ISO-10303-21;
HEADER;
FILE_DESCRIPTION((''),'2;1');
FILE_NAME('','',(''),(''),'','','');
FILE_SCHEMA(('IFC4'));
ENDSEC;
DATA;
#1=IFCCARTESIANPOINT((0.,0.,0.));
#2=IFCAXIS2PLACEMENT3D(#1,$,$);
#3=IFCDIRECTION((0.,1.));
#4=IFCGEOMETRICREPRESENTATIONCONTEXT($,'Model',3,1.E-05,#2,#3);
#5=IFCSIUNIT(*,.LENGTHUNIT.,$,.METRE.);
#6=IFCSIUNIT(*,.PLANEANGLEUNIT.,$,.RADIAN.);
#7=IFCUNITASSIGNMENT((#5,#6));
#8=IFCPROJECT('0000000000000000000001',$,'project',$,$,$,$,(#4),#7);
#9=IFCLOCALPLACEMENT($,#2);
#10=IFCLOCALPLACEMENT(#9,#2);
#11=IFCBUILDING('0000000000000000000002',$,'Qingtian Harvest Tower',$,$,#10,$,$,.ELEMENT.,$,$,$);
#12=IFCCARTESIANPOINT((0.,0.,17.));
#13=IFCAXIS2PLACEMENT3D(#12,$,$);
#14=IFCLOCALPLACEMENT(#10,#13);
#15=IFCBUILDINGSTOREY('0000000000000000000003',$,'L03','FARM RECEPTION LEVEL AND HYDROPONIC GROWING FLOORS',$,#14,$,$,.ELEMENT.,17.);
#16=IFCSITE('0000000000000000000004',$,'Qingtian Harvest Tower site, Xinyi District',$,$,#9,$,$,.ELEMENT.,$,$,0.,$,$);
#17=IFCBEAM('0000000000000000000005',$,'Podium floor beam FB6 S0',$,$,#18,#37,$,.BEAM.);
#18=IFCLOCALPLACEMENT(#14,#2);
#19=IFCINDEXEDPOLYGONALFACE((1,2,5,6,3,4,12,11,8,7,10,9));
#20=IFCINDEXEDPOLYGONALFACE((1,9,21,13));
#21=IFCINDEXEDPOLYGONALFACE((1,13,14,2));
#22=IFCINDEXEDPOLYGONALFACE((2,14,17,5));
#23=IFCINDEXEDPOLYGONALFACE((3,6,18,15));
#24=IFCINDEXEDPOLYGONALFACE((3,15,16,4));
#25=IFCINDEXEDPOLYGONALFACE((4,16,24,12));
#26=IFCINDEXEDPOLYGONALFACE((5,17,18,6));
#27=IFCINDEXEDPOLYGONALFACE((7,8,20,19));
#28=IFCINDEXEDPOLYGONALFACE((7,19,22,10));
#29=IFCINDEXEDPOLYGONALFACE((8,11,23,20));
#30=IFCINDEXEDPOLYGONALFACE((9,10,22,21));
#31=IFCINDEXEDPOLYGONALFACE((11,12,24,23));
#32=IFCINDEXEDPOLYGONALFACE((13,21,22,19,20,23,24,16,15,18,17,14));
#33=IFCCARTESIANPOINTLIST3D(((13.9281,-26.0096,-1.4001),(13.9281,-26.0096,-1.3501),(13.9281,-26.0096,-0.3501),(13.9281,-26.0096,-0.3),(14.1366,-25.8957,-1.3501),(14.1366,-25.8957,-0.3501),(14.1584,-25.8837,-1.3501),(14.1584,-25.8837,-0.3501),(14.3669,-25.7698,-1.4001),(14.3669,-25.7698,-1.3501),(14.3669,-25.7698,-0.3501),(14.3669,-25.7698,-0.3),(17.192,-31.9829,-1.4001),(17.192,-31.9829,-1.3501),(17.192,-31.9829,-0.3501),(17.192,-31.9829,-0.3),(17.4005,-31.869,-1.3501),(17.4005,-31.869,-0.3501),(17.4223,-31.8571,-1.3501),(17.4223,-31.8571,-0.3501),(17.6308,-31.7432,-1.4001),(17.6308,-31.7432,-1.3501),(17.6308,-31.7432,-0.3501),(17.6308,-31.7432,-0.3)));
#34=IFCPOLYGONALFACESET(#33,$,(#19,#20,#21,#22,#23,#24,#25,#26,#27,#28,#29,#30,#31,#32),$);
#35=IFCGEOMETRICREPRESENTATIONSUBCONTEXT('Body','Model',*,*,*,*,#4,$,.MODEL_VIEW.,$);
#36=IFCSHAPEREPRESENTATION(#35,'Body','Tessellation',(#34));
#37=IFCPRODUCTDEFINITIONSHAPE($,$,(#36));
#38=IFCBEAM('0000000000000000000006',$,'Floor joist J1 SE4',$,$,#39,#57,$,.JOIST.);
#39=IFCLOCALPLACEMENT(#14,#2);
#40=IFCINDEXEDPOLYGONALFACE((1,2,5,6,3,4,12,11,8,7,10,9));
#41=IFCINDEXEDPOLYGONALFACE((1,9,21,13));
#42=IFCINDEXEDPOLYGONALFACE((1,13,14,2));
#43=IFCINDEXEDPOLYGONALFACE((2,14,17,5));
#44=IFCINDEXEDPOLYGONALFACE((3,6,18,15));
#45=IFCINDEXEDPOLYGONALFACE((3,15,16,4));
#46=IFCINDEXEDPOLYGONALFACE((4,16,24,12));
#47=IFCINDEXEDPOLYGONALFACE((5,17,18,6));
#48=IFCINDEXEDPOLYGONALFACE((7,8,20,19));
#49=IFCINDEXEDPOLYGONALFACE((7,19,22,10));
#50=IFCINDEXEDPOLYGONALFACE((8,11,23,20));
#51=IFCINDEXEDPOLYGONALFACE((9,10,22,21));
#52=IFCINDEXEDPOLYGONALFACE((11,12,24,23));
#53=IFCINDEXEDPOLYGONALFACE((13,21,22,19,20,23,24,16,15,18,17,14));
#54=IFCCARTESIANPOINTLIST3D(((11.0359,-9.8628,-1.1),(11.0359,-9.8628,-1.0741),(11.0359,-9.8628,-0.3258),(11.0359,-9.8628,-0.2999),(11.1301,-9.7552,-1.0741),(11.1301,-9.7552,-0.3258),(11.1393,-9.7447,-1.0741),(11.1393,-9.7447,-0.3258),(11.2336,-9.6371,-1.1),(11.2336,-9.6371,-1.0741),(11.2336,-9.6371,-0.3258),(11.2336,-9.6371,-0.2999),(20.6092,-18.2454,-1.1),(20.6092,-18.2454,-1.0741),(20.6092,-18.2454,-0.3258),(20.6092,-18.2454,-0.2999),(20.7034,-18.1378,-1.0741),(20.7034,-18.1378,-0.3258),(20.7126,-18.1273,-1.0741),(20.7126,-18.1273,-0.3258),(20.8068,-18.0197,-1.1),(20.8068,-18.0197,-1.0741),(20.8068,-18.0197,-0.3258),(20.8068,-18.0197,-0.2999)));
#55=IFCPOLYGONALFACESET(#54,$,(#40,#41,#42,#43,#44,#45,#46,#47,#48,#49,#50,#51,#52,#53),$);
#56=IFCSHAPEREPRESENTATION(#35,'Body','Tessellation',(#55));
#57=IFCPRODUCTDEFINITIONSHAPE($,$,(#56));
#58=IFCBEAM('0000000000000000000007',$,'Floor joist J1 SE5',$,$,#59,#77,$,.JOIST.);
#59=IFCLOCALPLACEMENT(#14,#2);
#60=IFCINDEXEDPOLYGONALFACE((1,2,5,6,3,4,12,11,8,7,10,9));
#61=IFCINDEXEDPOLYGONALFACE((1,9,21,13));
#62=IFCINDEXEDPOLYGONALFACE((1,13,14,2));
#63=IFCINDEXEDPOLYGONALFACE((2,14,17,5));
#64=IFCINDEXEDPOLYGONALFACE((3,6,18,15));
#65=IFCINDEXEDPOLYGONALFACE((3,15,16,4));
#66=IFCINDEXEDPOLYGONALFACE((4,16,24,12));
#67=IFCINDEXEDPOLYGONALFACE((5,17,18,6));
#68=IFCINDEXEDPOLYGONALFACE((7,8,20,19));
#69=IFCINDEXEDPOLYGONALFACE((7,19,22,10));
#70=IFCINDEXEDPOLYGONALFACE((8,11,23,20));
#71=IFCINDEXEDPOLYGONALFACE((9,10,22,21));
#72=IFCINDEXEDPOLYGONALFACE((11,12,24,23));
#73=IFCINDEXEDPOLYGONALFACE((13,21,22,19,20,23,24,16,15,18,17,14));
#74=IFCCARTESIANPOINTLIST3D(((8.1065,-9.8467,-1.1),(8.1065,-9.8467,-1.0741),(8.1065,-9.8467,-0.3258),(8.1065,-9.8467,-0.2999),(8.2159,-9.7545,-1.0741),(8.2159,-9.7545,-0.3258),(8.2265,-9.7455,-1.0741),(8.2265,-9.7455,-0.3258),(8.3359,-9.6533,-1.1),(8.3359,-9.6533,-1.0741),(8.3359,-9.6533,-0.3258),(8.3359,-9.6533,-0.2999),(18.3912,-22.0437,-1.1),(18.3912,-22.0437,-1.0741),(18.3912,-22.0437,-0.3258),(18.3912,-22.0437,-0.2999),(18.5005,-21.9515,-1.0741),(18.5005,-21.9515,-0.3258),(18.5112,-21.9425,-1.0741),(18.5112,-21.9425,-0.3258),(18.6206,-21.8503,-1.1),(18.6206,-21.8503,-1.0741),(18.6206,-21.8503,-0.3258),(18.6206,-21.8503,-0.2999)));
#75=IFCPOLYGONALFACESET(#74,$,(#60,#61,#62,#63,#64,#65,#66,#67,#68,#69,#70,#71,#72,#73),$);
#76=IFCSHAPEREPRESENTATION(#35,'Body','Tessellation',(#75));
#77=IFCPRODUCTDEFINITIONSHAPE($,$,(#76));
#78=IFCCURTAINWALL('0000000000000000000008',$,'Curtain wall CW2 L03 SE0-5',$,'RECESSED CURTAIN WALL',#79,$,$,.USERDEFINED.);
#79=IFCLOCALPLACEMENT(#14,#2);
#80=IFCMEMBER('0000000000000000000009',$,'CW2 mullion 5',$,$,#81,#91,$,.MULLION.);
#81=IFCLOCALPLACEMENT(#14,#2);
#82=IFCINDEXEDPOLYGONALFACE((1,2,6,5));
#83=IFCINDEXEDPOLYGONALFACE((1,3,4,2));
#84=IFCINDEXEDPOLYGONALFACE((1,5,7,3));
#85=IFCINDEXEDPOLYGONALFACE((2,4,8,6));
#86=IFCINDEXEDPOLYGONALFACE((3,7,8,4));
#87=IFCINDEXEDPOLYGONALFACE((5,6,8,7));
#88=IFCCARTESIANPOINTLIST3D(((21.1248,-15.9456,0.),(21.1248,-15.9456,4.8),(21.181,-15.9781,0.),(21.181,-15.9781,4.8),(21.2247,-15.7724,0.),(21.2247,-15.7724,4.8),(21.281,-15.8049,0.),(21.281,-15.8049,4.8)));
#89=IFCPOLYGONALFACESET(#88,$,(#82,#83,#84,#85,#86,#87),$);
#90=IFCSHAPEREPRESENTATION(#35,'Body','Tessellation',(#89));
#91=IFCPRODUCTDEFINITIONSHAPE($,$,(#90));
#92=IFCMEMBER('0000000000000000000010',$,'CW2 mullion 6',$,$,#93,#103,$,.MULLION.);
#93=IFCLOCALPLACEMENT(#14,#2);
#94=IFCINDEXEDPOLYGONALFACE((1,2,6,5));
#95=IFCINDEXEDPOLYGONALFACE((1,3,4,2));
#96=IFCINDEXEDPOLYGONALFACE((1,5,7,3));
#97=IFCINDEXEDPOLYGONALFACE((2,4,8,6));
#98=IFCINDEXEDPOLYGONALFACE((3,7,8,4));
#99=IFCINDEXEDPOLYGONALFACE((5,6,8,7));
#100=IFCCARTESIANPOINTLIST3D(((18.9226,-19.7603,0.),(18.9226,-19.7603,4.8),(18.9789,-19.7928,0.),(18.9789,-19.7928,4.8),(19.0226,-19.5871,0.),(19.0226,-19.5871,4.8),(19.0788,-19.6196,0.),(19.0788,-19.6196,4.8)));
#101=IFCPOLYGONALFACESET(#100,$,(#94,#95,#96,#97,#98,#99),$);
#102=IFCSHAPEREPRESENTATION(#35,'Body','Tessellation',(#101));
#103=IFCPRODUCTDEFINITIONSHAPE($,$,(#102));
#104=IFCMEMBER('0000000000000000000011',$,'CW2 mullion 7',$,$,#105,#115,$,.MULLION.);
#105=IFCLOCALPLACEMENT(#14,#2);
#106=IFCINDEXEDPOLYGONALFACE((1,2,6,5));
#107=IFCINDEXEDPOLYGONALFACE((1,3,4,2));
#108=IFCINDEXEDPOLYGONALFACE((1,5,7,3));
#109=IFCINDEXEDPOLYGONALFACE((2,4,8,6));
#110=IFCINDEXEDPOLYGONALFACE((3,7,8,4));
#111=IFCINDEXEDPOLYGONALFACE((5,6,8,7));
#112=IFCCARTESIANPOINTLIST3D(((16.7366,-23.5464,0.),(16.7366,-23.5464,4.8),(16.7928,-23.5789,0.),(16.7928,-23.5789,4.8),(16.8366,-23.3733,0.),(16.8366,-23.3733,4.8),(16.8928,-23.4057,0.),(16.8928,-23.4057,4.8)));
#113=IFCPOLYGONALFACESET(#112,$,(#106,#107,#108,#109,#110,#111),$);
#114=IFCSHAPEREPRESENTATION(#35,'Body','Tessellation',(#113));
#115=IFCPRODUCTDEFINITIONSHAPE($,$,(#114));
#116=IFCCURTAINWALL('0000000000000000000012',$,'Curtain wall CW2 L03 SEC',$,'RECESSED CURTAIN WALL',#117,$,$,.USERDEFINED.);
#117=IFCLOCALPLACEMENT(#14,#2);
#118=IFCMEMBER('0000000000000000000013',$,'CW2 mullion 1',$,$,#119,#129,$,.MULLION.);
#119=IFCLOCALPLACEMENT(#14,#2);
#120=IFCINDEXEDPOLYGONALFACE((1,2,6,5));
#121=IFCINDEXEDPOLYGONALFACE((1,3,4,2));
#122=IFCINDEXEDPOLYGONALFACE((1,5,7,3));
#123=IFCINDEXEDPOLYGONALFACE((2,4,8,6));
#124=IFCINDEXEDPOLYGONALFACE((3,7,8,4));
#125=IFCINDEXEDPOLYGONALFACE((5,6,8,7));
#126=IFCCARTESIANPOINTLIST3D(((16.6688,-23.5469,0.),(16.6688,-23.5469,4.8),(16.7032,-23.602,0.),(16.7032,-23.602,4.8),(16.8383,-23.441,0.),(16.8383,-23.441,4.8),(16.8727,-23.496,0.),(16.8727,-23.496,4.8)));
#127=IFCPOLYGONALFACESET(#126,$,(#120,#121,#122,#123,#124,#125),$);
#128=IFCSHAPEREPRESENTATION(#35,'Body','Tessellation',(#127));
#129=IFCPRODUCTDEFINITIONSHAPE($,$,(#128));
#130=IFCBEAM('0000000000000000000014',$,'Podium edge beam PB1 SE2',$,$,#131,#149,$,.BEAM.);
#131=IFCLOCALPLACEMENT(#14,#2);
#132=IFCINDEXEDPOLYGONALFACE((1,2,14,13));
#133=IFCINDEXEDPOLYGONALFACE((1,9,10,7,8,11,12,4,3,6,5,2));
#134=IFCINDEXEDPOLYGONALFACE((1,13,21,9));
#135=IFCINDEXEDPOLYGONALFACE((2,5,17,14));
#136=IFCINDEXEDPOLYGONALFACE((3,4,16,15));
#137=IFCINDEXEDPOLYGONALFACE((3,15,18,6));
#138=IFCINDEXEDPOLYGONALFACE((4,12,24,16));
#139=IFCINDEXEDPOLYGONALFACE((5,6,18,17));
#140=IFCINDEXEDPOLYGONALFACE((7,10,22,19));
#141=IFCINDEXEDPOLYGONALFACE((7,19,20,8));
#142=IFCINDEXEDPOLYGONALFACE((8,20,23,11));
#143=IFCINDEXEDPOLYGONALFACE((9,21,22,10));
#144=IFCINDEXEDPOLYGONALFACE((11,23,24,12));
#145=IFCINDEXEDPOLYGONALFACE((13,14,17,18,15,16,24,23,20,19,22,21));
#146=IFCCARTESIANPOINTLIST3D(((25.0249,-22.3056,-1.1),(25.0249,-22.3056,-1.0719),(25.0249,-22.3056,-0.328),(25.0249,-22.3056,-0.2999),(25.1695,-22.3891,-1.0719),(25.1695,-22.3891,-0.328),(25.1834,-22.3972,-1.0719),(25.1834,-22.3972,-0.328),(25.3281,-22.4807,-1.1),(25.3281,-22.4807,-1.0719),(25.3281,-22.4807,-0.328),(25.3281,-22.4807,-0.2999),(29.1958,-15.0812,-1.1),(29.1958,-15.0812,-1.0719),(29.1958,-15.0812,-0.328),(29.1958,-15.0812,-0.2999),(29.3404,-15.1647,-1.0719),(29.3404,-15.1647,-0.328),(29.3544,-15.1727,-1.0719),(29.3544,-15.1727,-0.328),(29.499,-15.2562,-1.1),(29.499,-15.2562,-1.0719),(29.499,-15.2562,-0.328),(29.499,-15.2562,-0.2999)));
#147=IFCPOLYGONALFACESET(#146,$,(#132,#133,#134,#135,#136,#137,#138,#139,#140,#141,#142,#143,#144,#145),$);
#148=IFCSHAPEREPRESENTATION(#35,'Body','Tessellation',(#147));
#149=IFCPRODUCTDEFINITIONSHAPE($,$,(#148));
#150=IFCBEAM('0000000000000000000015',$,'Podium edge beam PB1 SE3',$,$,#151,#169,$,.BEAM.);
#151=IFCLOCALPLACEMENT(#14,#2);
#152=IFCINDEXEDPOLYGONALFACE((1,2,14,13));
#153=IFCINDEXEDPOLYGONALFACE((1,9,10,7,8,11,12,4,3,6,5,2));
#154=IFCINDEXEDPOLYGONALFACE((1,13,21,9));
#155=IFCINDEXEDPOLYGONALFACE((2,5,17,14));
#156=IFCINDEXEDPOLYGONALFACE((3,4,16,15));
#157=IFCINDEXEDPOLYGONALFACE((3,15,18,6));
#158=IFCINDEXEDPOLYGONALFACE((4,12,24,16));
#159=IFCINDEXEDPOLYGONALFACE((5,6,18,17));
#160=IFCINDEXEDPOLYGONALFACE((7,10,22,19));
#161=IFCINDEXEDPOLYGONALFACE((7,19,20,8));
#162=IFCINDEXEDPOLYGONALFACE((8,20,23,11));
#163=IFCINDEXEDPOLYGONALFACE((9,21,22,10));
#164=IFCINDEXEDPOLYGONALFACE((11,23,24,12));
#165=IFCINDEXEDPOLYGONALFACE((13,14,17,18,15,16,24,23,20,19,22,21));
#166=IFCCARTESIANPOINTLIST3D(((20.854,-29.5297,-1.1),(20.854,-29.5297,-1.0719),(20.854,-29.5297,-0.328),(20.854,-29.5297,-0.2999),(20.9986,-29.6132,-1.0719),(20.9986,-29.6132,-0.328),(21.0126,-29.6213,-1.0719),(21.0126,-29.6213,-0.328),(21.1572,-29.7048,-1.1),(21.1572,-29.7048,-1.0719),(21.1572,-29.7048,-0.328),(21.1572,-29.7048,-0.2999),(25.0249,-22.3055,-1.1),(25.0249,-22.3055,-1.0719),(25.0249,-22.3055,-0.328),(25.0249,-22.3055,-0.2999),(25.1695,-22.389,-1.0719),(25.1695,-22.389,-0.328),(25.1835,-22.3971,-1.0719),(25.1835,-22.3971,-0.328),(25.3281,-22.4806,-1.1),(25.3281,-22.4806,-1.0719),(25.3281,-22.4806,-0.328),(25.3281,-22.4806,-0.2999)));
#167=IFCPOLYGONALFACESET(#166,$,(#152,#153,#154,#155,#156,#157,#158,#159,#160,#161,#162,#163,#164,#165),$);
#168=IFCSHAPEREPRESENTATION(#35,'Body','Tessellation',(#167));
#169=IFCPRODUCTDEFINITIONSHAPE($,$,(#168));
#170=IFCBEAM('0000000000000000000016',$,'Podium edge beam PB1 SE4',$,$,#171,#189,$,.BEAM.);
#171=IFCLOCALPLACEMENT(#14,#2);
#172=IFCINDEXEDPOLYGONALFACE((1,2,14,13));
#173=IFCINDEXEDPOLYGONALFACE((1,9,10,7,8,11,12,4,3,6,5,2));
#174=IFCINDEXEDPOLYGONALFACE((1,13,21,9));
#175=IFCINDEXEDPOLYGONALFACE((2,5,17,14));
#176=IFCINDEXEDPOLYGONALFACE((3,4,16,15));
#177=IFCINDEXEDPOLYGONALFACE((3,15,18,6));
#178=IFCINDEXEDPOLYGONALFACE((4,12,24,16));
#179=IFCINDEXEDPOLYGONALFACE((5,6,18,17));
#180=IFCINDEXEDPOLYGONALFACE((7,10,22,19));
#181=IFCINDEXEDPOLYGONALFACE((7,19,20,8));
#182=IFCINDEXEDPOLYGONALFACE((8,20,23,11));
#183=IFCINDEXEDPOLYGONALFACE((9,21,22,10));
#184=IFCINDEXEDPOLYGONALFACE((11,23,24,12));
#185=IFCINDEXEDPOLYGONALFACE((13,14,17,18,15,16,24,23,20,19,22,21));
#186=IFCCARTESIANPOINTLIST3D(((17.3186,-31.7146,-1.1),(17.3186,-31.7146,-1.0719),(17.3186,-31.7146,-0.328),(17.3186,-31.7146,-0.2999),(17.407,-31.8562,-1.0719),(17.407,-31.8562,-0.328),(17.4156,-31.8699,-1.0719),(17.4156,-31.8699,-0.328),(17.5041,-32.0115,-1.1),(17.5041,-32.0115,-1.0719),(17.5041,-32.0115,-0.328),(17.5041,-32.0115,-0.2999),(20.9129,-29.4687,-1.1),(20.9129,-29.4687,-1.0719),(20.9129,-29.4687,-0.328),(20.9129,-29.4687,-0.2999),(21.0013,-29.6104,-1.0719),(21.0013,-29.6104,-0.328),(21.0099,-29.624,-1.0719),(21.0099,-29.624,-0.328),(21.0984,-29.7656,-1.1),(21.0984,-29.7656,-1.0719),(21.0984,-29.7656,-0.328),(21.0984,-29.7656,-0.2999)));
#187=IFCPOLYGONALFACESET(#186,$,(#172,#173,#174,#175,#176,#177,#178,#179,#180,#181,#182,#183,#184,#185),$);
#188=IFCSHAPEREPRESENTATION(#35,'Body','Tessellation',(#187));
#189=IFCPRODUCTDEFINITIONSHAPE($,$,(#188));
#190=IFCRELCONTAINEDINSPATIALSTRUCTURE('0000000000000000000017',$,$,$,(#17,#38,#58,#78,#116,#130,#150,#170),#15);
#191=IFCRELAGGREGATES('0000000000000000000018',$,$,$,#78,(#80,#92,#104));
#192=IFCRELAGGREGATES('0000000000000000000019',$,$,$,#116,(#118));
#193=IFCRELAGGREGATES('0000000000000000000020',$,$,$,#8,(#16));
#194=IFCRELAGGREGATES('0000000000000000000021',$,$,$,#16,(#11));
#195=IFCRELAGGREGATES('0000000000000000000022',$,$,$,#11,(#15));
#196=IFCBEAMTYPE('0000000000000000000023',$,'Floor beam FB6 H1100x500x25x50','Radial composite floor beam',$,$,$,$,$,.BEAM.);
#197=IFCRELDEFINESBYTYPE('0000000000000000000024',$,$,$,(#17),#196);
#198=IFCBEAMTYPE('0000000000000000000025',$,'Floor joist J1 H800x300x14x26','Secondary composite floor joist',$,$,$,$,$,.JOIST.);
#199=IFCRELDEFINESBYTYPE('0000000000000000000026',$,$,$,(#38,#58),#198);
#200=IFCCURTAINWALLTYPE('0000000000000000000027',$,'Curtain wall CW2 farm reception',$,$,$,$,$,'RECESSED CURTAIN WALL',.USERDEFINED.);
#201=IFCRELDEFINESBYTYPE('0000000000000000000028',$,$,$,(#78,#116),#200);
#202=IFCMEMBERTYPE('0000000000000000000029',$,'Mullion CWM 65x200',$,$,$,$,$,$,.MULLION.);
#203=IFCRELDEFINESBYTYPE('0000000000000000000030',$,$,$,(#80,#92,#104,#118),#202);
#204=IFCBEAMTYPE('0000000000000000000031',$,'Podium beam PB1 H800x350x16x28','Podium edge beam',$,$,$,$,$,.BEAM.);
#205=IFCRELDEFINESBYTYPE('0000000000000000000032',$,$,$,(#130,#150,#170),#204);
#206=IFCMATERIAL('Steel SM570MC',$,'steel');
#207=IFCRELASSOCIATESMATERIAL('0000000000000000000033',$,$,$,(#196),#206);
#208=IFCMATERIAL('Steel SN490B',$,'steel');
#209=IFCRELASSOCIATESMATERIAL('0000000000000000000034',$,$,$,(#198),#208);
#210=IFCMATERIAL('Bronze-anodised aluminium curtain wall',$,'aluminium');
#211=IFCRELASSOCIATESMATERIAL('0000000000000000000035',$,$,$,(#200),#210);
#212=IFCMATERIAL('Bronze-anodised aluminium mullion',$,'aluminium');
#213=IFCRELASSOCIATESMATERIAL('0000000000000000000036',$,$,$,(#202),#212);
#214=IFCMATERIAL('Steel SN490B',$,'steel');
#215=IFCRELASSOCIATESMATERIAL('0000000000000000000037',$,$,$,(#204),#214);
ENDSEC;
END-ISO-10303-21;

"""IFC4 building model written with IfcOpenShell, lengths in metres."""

from ifc_helpers import new_model, si_unit, direction, frame, origin, origin_2d, place, context, subcontext, project, spatial, rectangle, i_section, extrude, material, material_profile, profile_set, type_object, element, aggregate, save


model = new_model("IFC4")

# Units and contexts
model_context = context("Model", 3, precision=1e-05, world=origin(), true_north=direction((0.0, 1.0)))
body_context = subcontext(model_context, "Body", "Model", "MODEL_VIEW")
ifc_project = project(units=[si_unit("LENGTHUNIT", "METRE"), si_unit("PLANEANGLEUNIT", "RADIAN")], contexts=[model_context])

# Site, building, storey
site_placement = place(None, origin())
site = spatial("IfcSite", under=ifc_project, at=site_placement, Name="Qingtian Harvest Tower site, Xinyi District", CompositionType="ELEMENT", RefElevation=0.0)
building_placement = place(site_placement, origin())
building = spatial("IfcBuilding", under=site, at=building_placement, Name="Qingtian Harvest Tower", CompositionType="ELEMENT")
storey_placement = place(building_placement, frame((0.0, 0.0, 17.0)))
storey = spatial("IfcBuildingStorey", under=building, at=storey_placement, Name="L03", Description="FARM RECEPTION LEVEL AND HYDROPONIC GROWING FLOORS", CompositionType="ELEMENT", Elevation=17.0)

# Beams
ifc_material_1 = material(Name="Steel SM570MC", Category="steel")
ifc_material_profile_1 = material_profile(ifc_material_1, i_section(OverallWidth=0.5, OverallDepth=1.1001, WebThickness=0.0249, FlangeThickness=0.05, at=origin_2d()), Name="H1100x500x25x50")
ifc_profile_set_1 = profile_set([ifc_material_profile_1], Name="Steel SM570MC")
beam_type_1 = type_object("IfcBeamType", Name="Floor beam FB6 H1100x500x25x50", Description="Radial composite floor beam", PredefinedType="BEAM", material=ifc_profile_set_1)
for number, where, z_axis, x_axis, name in (
    (1, (17.4114, -31.863, -0.8501), (-0.479498, 0.877543, 0.0), (-0.877543, -0.479498, 0.0), "Podium floor beam FB6 S0"),
):
    element("IfcBeam", number, at=place(storey_placement, frame(where, z_axis=z_axis, x_axis=x_axis)), inside=storey, type_object=beam_type_1, Name=name, PredefinedType="BEAM", context=body_context, shape_type="SweptSolid", body=[
        extrude(i_section(OverallWidth=0.5, OverallDepth=1.1001, WebThickness=0.0249, FlangeThickness=0.05, at=origin_2d()), origin(), (0.0, 0.0, 1.0), 6.8069),
    ])
ifc_material_2 = material(Name="Steel SN490B", Category="steel")
ifc_material_profile_2 = material_profile(ifc_material_2, i_section(OverallWidth=0.3, OverallDepth=0.8, WebThickness=0.0139, FlangeThickness=0.0259, at=origin_2d()), Name="H800x300x14x26")
ifc_profile_set_2 = profile_set([ifc_material_profile_2], Name="Steel SN490B")
beam_type_2 = type_object("IfcBeamType", Name="Floor joist J1 H800x300x14x26", Description="Secondary composite floor joist", PredefinedType="JOIST", material=ifc_profile_set_2)
beam_1_placement = place(storey_placement, frame((20.708, -18.1326, -0.7), z_axis=(-0.752344, 0.658771, 0.0), x_axis=(-0.658771, -0.752344, 0.0)))
element("IfcBeam", 2, at=beam_1_placement, inside=storey, type_object=beam_type_2, Name="Floor joist J1 SE4", PredefinedType="JOIST", context=body_context, shape_type="SweptSolid", body=[
    extrude(i_section(OverallWidth=0.3, OverallDepth=0.8, WebThickness=0.0139, FlangeThickness=0.0259, at=origin_2d()), origin(), (0.0, 0.0, 1.0), 12.7246),
])
beam_2_placement = place(storey_placement, frame((18.5059, -21.947, -0.7), z_axis=(-0.64463, 0.764494, 0.0), x_axis=(-0.764494, -0.64463, 0.0)))
element("IfcBeam", 3, at=beam_2_placement, inside=storey, type_object=beam_type_2, Name="Floor joist J1 SE5", PredefinedType="JOIST", context=body_context, shape_type="SweptSolid", body=[
    extrude(i_section(OverallWidth=0.3, OverallDepth=0.8, WebThickness=0.0139, FlangeThickness=0.0259, at=origin_2d()), origin(), (0.0, 0.0, 1.0), 15.9543),
])

# Curtain wall, members
ifc_material_3 = material(Name="Bronze-anodised aluminium curtain wall", Category="aluminium")
curtain_wall_type = type_object("IfcCurtainWallType", Name="Curtain wall CW2 farm reception", ElementType="RECESSED CURTAIN WALL", PredefinedType="USERDEFINED", material=ifc_material_3)
curtain_wall_1_placement = place(storey_placement, origin())
curtain_wall_1 = element("IfcCurtainWall", 4, at=curtain_wall_1_placement, inside=storey, type_object=curtain_wall_type, Name="Curtain wall CW2 L03 SE0-5", ObjectType="RECESSED CURTAIN WALL", PredefinedType="USERDEFINED")
ifc_material_4 = material(Name="Bronze-anodised aluminium mullion", Category="aluminium")
ifc_material_profile_3 = material_profile(ifc_material_4, rectangle(XDim=0.0649, YDim=0.2, at=origin_2d()), Name="AL 65x200")
ifc_profile_set_3 = profile_set([ifc_material_profile_3], Name="Bronze-anodised aluminium mullion")
member_type_1 = type_object("IfcMemberType", Name="Mullion CWM 65x200", PredefinedType="MULLION", material=ifc_profile_set_3)
member_1_placement = place(storey_placement, frame((21.2029, -15.8752, 0.0), z_axis=(0.0, 0.0, 1.0), x_axis=(0.866025, -0.5, 0.0)))
member_1 = element("IfcMember", 5, at=member_1_placement, type_object=member_type_1, Name="CW2 mullion 5", PredefinedType="MULLION", context=body_context, shape_type="SweptSolid", body=[
    extrude(rectangle(XDim=0.0649, YDim=0.2, at=origin_2d()), origin(), (0.0, 0.0, 1.0), 4.8),
])
member_2_placement = place(storey_placement, frame((19.0007, -19.6899, 0.0), z_axis=(0.0, 0.0, 1.0), x_axis=(0.866025, -0.5, 0.0)))
member_2 = element("IfcMember", 6, at=member_2_placement, type_object=member_type_1, Name="CW2 mullion 6", PredefinedType="MULLION", context=body_context, shape_type="SweptSolid", body=[
    extrude(rectangle(XDim=0.0649, YDim=0.2, at=origin_2d()), origin(), (0.0, 0.0, 1.0), 4.8),
])
member_3_placement = place(storey_placement, frame((16.8147, -23.4761, 0.0), z_axis=(0.0, 0.0, 1.0), x_axis=(0.866025, -0.5, 0.0)))
member_3 = element("IfcMember", 7, at=member_3_placement, type_object=member_type_1, Name="CW2 mullion 7", PredefinedType="MULLION", context=body_context, shape_type="SweptSolid", body=[
    extrude(rectangle(XDim=0.0649, YDim=0.2, at=origin_2d()), origin(), (0.0, 0.0, 1.0), 4.8),
])

# Curtain wall, member
curtain_wall_2_placement = place(storey_placement, origin())
curtain_wall_2 = element("IfcCurtainWall", 8, at=curtain_wall_2_placement, inside=storey, type_object=curtain_wall_type, Name="Curtain wall CW2 L03 SEC", ObjectType="RECESSED CURTAIN WALL", PredefinedType="USERDEFINED")
member_4_placement = place(storey_placement, frame((16.7708, -23.5215, 0.0), z_axis=(0.0, 0.0, 1.0), x_axis=(0.529919, -0.848048, 0.0)))
member_4 = element("IfcMember", 9, at=member_4_placement, type_object=member_type_1, Name="CW2 mullion 1", PredefinedType="MULLION", context=body_context, shape_type="SweptSolid", body=[
    extrude(rectangle(XDim=0.0649, YDim=0.2, at=origin_2d()), origin(), (0.0, 0.0, 1.0), 4.8),
])

# Beams
ifc_material_5 = material(Name="Steel SN490B", Category="steel")
ifc_material_profile_4 = material_profile(ifc_material_5, i_section(OverallWidth=0.3501, OverallDepth=0.8, WebThickness=0.0161, FlangeThickness=0.0281, at=origin_2d()), Name="H800x350x16x28")
ifc_profile_set_4 = profile_set([ifc_material_profile_4], Name="Steel SN490B")
beam_type_3 = type_object("IfcBeamType", Name="Podium beam PB1 H800x350x16x28", Description="Podium edge beam", PredefinedType="BEAM", material=ifc_profile_set_4)
beam_3_placement = place(storey_placement, frame((29.3474, -15.1687, -0.7), z_axis=(-0.499992, -0.86603, 0.0), x_axis=(0.86603, -0.499992, 0.0)))
element("IfcBeam", 10, at=beam_3_placement, inside=storey, type_object=beam_type_3, Name="Podium edge beam PB1 SE2", PredefinedType="BEAM", context=body_context, shape_type="SweptSolid", body=[
    extrude(i_section(OverallWidth=0.3501, OverallDepth=0.8, WebThickness=0.0161, FlangeThickness=0.0281, at=origin_2d()), origin(), (0.0, 0.0, 1.0), 8.342),
])
beam_4_placement = place(storey_placement, frame((25.1765, -22.3931, -0.7), z_axis=(-0.500005, -0.866023, 0.0), x_axis=(0.866023, -0.500005, 0.0)))
element("IfcBeam", 11, at=beam_4_placement, inside=storey, type_object=beam_type_3, Name="Podium edge beam PB1 SE3", PredefinedType="BEAM", context=body_context, shape_type="SweptSolid", body=[
    extrude(i_section(OverallWidth=0.3501, OverallDepth=0.8, WebThickness=0.0161, FlangeThickness=0.0281, at=origin_2d()), origin(), (0.0, 0.0, 1.0), 8.3418),
])
beam_5_placement = place(storey_placement, frame((21.0056, -29.6172, -0.7), z_axis=(-0.848057, -0.529906, 0.0), x_axis=(0.529906, -0.848057, 0.0)))
element("IfcBeam", 12, at=beam_5_placement, inside=storey, type_object=beam_type_3, Name="Podium edge beam PB1 SE4", PredefinedType="BEAM", context=body_context, shape_type="SweptSolid", body=[
    extrude(i_section(OverallWidth=0.3501, OverallDepth=0.8, WebThickness=0.0161, FlangeThickness=0.0281, at=origin_2d()), origin(), (0.0, 0.0, 1.0), 4.2383),
])

aggregate(curtain_wall_1, [member_1, member_2, member_3])
aggregate(curtain_wall_2, [member_4])

save(model, "model.ifc")
